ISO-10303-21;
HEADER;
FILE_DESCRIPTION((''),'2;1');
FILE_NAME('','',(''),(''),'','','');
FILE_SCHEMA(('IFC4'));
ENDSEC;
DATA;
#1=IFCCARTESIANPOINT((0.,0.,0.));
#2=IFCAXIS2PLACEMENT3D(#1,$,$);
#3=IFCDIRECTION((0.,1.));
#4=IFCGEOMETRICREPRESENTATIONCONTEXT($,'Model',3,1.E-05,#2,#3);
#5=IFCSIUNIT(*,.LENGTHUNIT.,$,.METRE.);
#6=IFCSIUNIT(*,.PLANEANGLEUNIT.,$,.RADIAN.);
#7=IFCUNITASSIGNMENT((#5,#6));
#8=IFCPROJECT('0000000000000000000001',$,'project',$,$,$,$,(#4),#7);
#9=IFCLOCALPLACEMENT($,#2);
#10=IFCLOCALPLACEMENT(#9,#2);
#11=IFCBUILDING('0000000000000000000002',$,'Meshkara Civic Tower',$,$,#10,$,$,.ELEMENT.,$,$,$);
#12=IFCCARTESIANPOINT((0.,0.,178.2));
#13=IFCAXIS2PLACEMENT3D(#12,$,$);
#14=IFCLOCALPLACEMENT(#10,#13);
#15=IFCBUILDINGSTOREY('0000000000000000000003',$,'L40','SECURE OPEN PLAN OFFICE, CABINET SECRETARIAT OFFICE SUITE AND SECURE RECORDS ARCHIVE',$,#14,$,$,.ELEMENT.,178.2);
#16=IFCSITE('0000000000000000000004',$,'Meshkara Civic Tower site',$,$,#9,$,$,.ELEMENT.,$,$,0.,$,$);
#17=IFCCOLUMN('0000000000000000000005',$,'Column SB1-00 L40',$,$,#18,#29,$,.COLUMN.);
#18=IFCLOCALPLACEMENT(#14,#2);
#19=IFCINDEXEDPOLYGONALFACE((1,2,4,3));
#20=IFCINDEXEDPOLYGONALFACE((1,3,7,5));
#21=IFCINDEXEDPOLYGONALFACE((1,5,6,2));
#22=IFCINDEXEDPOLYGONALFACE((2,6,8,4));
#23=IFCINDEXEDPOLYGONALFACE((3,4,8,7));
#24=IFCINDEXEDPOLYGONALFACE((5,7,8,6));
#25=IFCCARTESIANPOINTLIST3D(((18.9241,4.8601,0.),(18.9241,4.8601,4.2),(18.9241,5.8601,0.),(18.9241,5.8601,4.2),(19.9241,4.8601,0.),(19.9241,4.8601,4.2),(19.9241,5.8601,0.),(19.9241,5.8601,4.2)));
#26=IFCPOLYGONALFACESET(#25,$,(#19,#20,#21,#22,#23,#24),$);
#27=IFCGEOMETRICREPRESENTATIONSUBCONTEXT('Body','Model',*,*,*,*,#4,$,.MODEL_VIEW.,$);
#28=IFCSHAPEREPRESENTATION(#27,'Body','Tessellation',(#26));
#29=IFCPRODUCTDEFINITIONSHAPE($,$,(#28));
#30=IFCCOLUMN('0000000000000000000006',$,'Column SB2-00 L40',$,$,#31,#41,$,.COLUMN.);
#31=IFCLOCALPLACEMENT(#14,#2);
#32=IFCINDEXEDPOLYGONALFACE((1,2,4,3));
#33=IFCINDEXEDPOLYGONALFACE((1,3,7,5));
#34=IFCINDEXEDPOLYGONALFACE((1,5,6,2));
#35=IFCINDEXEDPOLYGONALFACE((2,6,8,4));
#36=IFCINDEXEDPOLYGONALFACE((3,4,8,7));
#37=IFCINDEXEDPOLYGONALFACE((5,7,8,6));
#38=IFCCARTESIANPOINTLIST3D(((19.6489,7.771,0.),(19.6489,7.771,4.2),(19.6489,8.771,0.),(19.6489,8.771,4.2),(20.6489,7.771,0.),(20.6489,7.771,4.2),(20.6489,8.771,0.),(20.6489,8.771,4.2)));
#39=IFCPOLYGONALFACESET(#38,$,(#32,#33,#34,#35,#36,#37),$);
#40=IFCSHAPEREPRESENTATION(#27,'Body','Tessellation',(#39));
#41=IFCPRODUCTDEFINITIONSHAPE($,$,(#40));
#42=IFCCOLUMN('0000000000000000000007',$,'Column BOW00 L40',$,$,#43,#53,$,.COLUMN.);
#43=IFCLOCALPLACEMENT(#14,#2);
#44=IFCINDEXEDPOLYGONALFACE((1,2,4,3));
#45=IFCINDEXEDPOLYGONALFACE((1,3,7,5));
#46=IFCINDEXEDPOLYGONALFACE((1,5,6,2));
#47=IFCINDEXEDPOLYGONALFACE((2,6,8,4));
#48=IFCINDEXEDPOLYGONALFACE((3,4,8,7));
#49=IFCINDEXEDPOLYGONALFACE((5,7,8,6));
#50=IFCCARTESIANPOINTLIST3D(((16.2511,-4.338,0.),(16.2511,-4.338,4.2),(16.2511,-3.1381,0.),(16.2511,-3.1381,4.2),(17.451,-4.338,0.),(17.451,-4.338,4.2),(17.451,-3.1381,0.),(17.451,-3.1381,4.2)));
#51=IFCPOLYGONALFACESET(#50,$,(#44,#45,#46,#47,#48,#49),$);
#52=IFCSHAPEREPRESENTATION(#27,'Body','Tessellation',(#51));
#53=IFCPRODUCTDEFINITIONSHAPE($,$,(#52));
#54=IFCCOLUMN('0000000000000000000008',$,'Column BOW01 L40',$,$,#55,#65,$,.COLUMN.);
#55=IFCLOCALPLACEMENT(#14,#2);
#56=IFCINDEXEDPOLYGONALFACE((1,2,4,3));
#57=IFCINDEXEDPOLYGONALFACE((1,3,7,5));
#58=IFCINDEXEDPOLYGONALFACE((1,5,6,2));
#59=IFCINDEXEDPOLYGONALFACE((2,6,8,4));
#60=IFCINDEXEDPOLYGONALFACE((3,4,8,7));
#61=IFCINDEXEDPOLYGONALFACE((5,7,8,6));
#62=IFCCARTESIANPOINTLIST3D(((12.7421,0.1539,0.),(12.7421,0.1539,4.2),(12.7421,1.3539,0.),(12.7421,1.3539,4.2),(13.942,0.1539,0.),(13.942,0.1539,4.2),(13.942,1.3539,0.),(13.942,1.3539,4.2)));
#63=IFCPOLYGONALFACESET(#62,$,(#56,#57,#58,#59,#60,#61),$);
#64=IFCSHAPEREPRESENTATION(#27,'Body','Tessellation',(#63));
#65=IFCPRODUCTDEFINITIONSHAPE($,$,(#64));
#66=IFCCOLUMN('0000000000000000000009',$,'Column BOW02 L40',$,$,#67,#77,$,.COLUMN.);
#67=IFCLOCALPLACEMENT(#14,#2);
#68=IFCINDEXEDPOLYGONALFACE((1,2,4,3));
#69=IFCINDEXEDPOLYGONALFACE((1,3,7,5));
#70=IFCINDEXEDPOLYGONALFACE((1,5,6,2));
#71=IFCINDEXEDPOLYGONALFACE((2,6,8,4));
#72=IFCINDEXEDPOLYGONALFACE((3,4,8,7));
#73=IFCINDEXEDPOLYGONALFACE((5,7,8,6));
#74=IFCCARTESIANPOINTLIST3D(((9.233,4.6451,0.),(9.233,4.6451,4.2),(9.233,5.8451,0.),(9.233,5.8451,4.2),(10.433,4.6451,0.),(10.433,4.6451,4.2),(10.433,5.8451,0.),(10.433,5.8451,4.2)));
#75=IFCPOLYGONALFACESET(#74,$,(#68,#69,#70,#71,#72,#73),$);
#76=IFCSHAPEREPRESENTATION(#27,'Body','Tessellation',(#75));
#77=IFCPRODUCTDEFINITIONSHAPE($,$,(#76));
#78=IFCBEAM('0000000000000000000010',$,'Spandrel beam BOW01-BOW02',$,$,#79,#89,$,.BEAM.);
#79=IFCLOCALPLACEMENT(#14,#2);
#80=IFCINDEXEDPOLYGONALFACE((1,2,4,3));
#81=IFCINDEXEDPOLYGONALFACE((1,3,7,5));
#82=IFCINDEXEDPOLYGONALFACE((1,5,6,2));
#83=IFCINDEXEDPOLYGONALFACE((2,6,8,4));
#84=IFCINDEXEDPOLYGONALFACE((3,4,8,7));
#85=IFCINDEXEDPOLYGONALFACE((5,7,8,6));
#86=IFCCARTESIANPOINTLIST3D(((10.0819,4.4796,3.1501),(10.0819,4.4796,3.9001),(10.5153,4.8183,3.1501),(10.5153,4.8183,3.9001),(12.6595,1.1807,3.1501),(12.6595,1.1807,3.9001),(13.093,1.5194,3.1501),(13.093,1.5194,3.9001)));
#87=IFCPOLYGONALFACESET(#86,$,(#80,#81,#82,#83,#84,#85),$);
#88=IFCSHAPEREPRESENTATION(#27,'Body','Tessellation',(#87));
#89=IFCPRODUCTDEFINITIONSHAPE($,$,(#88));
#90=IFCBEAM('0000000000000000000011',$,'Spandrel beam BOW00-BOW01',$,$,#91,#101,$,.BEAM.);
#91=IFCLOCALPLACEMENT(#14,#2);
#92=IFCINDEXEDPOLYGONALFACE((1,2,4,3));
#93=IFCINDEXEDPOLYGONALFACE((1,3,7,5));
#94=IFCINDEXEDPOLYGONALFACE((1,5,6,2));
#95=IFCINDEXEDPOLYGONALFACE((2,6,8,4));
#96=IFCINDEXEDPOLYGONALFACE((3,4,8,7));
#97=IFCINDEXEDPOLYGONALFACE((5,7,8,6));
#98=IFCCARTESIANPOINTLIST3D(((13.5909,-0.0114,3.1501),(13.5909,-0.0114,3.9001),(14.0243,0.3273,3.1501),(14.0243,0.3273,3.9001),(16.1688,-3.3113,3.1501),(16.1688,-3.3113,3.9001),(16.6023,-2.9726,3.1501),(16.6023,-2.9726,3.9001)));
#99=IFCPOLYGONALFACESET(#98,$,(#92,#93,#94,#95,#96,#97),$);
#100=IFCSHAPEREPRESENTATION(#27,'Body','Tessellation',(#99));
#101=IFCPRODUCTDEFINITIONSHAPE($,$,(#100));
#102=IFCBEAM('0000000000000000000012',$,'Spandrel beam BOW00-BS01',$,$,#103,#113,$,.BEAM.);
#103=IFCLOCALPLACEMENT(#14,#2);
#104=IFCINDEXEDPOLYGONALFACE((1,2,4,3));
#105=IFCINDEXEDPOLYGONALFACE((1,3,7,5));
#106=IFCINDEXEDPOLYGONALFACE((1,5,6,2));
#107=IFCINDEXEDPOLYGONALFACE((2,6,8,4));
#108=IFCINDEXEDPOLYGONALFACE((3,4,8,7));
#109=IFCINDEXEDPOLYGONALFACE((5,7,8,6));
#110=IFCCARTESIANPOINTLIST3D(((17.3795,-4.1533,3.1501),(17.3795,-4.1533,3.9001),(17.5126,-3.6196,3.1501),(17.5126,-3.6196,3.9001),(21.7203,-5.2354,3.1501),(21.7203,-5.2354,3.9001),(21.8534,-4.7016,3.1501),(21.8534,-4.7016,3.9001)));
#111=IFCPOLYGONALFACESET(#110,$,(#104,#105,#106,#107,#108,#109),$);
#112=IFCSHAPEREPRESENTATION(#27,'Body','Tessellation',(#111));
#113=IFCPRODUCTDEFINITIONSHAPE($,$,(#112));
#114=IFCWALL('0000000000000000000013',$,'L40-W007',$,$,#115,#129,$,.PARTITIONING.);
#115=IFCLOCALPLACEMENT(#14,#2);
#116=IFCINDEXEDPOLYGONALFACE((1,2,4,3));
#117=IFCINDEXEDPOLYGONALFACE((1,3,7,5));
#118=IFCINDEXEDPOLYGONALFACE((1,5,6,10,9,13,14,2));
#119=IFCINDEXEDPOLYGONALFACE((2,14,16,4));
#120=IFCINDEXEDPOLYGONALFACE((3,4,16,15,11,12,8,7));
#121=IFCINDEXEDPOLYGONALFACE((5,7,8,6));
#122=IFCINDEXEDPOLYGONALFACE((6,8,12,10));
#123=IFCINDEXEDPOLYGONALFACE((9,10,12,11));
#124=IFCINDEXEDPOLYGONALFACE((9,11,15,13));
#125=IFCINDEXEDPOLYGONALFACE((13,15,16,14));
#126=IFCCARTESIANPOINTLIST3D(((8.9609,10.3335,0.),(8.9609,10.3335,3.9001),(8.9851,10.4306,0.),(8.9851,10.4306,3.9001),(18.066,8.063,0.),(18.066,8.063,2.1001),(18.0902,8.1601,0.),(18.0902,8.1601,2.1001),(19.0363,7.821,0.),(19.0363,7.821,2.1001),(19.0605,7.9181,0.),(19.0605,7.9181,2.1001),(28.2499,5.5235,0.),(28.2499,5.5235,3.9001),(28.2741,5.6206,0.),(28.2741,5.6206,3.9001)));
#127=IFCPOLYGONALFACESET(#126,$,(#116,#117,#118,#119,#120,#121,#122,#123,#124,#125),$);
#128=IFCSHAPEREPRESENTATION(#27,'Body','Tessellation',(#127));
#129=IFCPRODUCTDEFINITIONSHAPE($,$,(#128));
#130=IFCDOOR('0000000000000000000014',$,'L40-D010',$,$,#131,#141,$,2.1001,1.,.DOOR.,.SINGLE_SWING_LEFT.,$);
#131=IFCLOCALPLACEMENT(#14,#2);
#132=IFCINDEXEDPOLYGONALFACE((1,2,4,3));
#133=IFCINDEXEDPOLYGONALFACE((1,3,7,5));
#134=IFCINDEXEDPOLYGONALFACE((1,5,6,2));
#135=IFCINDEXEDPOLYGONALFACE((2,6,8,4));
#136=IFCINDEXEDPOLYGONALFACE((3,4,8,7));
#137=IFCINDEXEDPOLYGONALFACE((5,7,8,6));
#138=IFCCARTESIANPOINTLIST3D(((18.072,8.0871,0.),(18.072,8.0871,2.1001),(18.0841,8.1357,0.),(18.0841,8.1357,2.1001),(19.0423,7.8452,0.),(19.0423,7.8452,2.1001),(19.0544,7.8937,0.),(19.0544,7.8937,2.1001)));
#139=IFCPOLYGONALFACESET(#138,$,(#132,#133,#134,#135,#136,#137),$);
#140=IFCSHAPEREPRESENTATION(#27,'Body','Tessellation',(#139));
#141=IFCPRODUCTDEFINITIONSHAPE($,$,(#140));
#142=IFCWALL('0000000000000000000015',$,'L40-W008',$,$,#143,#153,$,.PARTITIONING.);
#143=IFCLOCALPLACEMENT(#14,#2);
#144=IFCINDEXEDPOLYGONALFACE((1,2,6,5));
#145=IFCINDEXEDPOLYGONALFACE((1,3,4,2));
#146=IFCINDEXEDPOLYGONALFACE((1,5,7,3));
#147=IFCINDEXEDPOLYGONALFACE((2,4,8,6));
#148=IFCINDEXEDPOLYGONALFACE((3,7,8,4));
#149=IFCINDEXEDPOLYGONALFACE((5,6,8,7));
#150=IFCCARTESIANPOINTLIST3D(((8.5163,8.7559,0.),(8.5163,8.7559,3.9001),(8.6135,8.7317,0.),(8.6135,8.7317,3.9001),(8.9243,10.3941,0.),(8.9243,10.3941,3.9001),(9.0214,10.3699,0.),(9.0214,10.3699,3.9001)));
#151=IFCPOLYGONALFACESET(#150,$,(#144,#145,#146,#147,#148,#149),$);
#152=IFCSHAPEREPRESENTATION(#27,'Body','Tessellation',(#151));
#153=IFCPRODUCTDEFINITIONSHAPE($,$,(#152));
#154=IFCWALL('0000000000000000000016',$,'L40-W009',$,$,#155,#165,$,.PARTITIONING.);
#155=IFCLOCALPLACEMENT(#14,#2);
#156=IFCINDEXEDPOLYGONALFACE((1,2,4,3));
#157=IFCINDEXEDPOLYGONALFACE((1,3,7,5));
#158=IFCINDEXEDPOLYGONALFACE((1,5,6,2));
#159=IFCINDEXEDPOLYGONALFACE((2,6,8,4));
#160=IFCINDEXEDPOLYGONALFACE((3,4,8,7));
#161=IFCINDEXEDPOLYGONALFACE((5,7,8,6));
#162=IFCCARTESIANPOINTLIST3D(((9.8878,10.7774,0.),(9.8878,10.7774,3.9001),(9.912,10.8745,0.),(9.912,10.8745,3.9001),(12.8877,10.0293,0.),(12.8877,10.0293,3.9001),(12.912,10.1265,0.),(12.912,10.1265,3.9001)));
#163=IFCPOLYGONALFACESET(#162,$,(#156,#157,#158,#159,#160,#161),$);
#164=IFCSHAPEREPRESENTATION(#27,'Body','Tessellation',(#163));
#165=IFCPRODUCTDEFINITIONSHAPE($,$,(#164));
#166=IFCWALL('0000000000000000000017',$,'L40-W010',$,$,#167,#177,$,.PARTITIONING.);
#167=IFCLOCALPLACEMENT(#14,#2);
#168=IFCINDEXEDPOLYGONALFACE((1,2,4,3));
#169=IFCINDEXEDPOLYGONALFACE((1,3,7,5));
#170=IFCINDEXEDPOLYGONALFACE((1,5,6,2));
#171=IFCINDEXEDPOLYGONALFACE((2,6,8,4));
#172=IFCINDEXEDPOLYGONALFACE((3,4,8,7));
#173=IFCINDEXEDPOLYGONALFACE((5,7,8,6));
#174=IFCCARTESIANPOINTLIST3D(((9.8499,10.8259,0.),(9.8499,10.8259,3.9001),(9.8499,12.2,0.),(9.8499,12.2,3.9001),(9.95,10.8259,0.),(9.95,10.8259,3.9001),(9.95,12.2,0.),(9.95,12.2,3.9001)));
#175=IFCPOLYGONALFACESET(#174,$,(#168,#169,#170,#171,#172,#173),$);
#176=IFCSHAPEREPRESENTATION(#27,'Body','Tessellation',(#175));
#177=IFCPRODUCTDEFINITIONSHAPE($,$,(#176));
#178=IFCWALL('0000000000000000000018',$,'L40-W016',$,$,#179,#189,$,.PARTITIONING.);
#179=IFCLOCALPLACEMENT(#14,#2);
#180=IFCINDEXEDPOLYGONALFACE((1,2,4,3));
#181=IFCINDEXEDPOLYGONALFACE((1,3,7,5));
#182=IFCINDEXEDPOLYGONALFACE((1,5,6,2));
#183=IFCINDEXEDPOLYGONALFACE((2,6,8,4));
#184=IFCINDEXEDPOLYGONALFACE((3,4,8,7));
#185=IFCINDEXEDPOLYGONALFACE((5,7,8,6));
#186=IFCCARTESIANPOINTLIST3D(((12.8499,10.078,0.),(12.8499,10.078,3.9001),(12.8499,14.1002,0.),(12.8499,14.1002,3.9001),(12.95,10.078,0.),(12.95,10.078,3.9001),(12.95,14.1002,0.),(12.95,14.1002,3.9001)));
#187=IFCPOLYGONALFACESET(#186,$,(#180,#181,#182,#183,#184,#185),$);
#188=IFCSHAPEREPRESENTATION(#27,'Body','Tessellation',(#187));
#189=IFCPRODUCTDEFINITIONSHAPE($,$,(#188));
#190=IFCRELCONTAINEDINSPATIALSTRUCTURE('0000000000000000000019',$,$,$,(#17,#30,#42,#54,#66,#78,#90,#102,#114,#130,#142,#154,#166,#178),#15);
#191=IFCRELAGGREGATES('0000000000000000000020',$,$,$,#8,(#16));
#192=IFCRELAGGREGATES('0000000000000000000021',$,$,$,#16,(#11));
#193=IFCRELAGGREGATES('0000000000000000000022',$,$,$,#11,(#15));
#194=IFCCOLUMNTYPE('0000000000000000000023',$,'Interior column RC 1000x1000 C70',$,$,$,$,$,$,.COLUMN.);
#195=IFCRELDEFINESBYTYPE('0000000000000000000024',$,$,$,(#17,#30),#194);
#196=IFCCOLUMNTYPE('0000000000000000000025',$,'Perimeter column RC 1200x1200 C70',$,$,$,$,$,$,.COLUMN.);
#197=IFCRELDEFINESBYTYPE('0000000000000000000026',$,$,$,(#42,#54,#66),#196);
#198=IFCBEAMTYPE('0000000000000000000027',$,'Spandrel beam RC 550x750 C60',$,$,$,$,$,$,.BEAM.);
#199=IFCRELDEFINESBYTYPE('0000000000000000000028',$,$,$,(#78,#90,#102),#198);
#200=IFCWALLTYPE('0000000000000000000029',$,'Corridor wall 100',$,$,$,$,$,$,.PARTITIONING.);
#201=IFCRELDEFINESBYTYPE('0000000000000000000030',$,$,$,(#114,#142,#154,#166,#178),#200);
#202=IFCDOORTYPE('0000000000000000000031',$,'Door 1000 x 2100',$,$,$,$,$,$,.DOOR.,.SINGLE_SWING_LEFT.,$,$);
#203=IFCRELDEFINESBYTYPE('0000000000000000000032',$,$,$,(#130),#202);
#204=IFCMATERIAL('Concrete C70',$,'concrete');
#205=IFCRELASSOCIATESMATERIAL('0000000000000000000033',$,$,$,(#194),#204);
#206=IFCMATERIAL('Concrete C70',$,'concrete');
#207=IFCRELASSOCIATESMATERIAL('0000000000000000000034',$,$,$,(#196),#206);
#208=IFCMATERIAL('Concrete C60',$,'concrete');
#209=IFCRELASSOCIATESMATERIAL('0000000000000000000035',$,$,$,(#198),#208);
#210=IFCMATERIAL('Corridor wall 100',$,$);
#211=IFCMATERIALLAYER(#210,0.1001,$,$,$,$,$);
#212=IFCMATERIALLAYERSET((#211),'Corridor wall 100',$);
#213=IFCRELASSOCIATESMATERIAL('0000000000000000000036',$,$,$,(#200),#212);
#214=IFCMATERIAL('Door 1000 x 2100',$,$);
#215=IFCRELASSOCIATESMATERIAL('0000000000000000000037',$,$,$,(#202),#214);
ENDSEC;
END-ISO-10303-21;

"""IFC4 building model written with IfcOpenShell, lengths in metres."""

from ifc_helpers import new_model, si_unit, direction, frame, frame_2d, origin, origin_2d, place, context, subcontext, project, spatial, rectangle, extrude, material, layer, layer_set, material_profile, profile_set, type_object, element, fill, save


model = new_model("IFC4")

# Units and contexts
model_context = context("Model", 3, precision=1e-05, world=origin(), true_north=direction((0.0, 1.0)))
body_context = subcontext(model_context, "Body", "Model", "MODEL_VIEW")
ifc_project = project(units=[si_unit("LENGTHUNIT", "METRE"), si_unit("PLANEANGLEUNIT", "RADIAN")], contexts=[model_context])

# Site, building, storey
site_placement = place(None, origin())
site = spatial("IfcSite", under=ifc_project, at=site_placement, Name="Meshkara Civic Tower site", CompositionType="ELEMENT", RefElevation=0.0)
building_placement = place(site_placement, origin())
building = spatial("IfcBuilding", under=site, at=building_placement, Name="Meshkara Civic Tower", CompositionType="ELEMENT")
storey_placement = place(building_placement, frame((0.0, 0.0, 178.2)))
storey = spatial("IfcBuildingStorey", under=building, at=storey_placement, Name="L40", Description="SECURE OPEN PLAN OFFICE, CABINET SECRETARIAT OFFICE SUITE AND SECURE RECORDS ARCHIVE", CompositionType="ELEMENT", Elevation=178.2)

# Columns
ifc_material_1 = material(Name="Concrete C70", Category="concrete")
ifc_material_profile_1 = material_profile(ifc_material_1, rectangle(XDim=1.0, YDim=1.0, at=origin_2d()))
ifc_profile_set_1 = profile_set([ifc_material_profile_1], Name="Concrete C70")
column_type_1 = type_object("IfcColumnType", Name="Interior column RC 1000x1000 C70", PredefinedType="COLUMN", material=ifc_profile_set_1)
for number, where, z_axis, x_axis, name in (
    (1, (19.4241, 5.3601, 0.0), (0.0, 0.0, 1.0), (1.0, 0.0, 0.0), "Column SB1-00 L40"),
    (2, (20.1489, 8.271, 0.0), (0.0, 0.0, 1.0), (1.0, 0.0, 0.0), "Column SB2-00 L40"),
):
    element("IfcColumn", number, at=place(storey_placement, frame(where, z_axis=z_axis, x_axis=x_axis)), inside=storey, type_object=column_type_1, Name=name, PredefinedType="COLUMN", context=body_context, shape_type="SweptSolid", body=[
        extrude(rectangle(XDim=1.0, YDim=1.0, at=origin_2d()), origin(), (0.0, 0.0, 1.0), 4.2),
    ])
ifc_material_2 = material(Name="Concrete C70", Category="concrete")
ifc_material_profile_2 = material_profile(ifc_material_2, rectangle(XDim=1.2, YDim=1.2, at=origin_2d()))
ifc_profile_set_2 = profile_set([ifc_material_profile_2], Name="Concrete C70")
column_type_2 = type_object("IfcColumnType", Name="Perimeter column RC 1200x1200 C70", PredefinedType="COLUMN", material=ifc_profile_set_2)
for number, where, z_axis, x_axis, name in (
    (3, (16.8511, -3.738, 0.0), (0.0, 0.0, 1.0), (1.0, 0.0, 0.0), "Column BOW00 L40"),
    (4, (13.342, 0.7539, 0.0), (0.0, 0.0, 1.0), (1.0, 0.0, 0.0), "Column BOW01 L40"),
    (5, (9.833, 5.2451, 0.0), (0.0, 0.0, 1.0), (1.0, 0.0, 0.0), "Column BOW02 L40"),
):
    element("IfcColumn", number, at=place(storey_placement, frame(where, z_axis=z_axis, x_axis=x_axis)), inside=storey, type_object=column_type_2, Name=name, PredefinedType="COLUMN", context=body_context, shape_type="SweptSolid", body=[
        extrude(rectangle(XDim=1.2, YDim=1.2, at=origin_2d()), origin(), (0.0, 0.0, 1.0), 4.2),
    ])

# Beams
ifc_material_3 = material(Name="Concrete C60", Category="concrete")
ifc_material_profile_3 = material_profile(ifc_material_3, rectangle(XDim=0.55, YDim=0.75, at=origin_2d()))
ifc_profile_set_3 = profile_set([ifc_material_profile_3], Name="Concrete C60")
beam_type = type_object("IfcBeamType", Name="Spandrel beam RC 550x750 C60", PredefinedType="BEAM", material=ifc_profile_set_3)
beam_1_placement = place(storey_placement, frame((10.2986, 4.6489, 3.5251), z_axis=(0.615707, -0.787975, 0.0), x_axis=(0.787975, 0.615707, 0.0)))
element("IfcBeam", 6, at=beam_1_placement, inside=storey, type_object=beam_type, Name="Spandrel beam BOW01-BOW02", PredefinedType="BEAM", context=body_context, shape_type="SweptSolid", body=[
    extrude(rectangle(XDim=0.55, YDim=0.75, at=origin_2d()), origin(), (0.0, 0.0, 1.0), 4.1865),
])
beam_2_placement = place(storey_placement, frame((13.8076, 0.158, 3.5251), z_axis=(0.61563, -0.788035, 0.0), x_axis=(0.788035, 0.61563, 0.0)))
element("IfcBeam", 7, at=beam_2_placement, inside=storey, type_object=beam_type, Name="Spandrel beam BOW00-BOW01", PredefinedType="BEAM", context=body_context, shape_type="SweptSolid", body=[
    extrude(rectangle(XDim=0.55, YDim=0.75, at=origin_2d()), origin(), (0.0, 0.0, 1.0), 4.1875),
])
beam_3_placement = place(storey_placement, frame((17.446, -3.8865, 3.5251), z_axis=(0.970309, -0.241868, 0.0), x_axis=(0.241868, 0.970309, 0.0)))
element("IfcBeam", 8, at=beam_3_placement, inside=storey, type_object=beam_type, Name="Spandrel beam BOW00-BS01", PredefinedType="BEAM", context=body_context, shape_type="SweptSolid", body=[
    extrude(rectangle(XDim=0.55, YDim=0.75, at=origin_2d()), origin(), (0.0, 0.0, 1.0), 4.4736),
])

# Wall, opening, door
ifc_material_4 = material(Name="Corridor wall 100")
ifc_layer_1 = layer(ifc_material_4, 0.1001)
ifc_layer_set_1 = layer_set([ifc_layer_1], Name="Corridor wall 100")
wall_type_1 = type_object("IfcWallType", Name="Corridor wall 100", PredefinedType="PARTITIONING", material=ifc_layer_set_1)
wall_1_placement = place(storey_placement, frame((8.9729, 10.3821, 0.0), z_axis=(0.0, 0.0, 1.0), x_axis=(0.970287, -0.241958, 0.0)))
wall_1 = element("IfcWall", 9, at=wall_1_placement, inside=storey, type_object=wall_type_1, Name="L40-W007", PredefinedType="PARTITIONING", context=body_context, shape_type="SweptSolid", body=[
    extrude(rectangle(XDim=19.8796, YDim=0.1001, at=frame_2d((9.9399, 0.0))), origin(), (0.0, 0.0, 1.0), 3.9001),
])
opening_1_placement = place(wall_1_placement, frame((9.384, 0.0, 0.0)))
opening_1 = element("IfcOpeningElement", 10, at=opening_1_placement, cuts=wall_1, PredefinedType="OPENING", context=body_context, shape_type="SweptSolid", body=[
    extrude(rectangle(XDim=1.0, YDim=2.1001, at=frame_2d((0.5, 1.05))), frame((0.0, 0.0601, 0.0), z_axis=(0.0, -1.0, 0.0), x_axis=(1.0, 0.0, 0.0)), (0.0, 0.0, 1.0), 0.1201),
])
ifc_material_5 = material(Name="Door 1000 x 2100")
door_type = type_object("IfcDoorType", Name="Door 1000 x 2100", OperationType="SINGLE_SWING_LEFT", PredefinedType="DOOR", material=ifc_material_5)
door_placement = place(opening_1_placement, origin())
door = element("IfcDoor", 11, at=door_placement, inside=storey, type_object=door_type, Name="L40-D010", OperationType="SINGLE_SWING_LEFT", OverallHeight=2.1001, OverallWidth=1.0, PredefinedType="DOOR", context=body_context, shape_type="SweptSolid", body=[
    extrude(rectangle(XDim=1.0, YDim=2.1001, at=frame_2d((0.5, 1.05))), frame((0.0, 0.0249, 0.0), z_axis=(0.0, -1.0, 0.0), x_axis=(1.0, 0.0, 0.0)), (0.0, 0.0, 1.0), 0.05),
])
fill(opening_1, door)

# Walls
wall_2_placement = place(storey_placement, frame((8.9729, 10.3821, 0.0), z_axis=(0.0, 0.0, 1.0), x_axis=(-0.241651, -0.970363, 0.0)))
element("IfcWall", 12, at=wall_2_placement, inside=storey, type_object=wall_type_1, Name="L40-W008", PredefinedType="PARTITIONING", context=body_context, shape_type="SweptSolid", body=[
    extrude(rectangle(XDim=1.6882, YDim=0.1001, at=frame_2d((0.8442, 0.0))), origin(), (0.0, 0.0, 1.0), 3.9001),
])
wall_3_placement = place(storey_placement, frame((9.8999, 10.8259, 0.0), z_axis=(0.0, 0.0, 1.0), x_axis=(0.970291, -0.241941, 0.0)))
element("IfcWall", 13, at=wall_3_placement, inside=storey, type_object=wall_type_1, Name="L40-W009", PredefinedType="PARTITIONING", context=body_context, shape_type="SweptSolid", body=[
    extrude(rectangle(XDim=3.0918, YDim=0.1001, at=frame_2d((1.5459, 0.0))), origin(), (0.0, 0.0, 1.0), 3.9001),
])
wall_4_placement = place(storey_placement, frame((9.8999, 12.2, 0.0), z_axis=(0.0, 0.0, 1.0), x_axis=(0.0, -1.0, 0.0)))
element("IfcWall", 14, at=wall_4_placement, inside=storey, type_object=wall_type_1, Name="L40-W010", PredefinedType="PARTITIONING", context=body_context, shape_type="SweptSolid", body=[
    extrude(rectangle(XDim=1.374, YDim=0.1001, at=frame_2d((0.687, 0.0))), origin(), (0.0, 0.0, 1.0), 3.9001),
])
wall_5_placement = place(storey_placement, frame((12.8999, 10.0779, 0.0), z_axis=(0.0, 0.0, 1.0), x_axis=(0.0, 1.0, 0.0)))
element("IfcWall", 15, at=wall_5_placement, inside=storey, type_object=wall_type_1, Name="L40-W016", PredefinedType="PARTITIONING", context=body_context, shape_type="SweptSolid", body=[
    extrude(rectangle(XDim=4.0222, YDim=0.1001, at=frame_2d((2.0112, 0.0))), origin(), (0.0, 0.0, 1.0), 3.9001),
])

save(model, "model.ifc")
